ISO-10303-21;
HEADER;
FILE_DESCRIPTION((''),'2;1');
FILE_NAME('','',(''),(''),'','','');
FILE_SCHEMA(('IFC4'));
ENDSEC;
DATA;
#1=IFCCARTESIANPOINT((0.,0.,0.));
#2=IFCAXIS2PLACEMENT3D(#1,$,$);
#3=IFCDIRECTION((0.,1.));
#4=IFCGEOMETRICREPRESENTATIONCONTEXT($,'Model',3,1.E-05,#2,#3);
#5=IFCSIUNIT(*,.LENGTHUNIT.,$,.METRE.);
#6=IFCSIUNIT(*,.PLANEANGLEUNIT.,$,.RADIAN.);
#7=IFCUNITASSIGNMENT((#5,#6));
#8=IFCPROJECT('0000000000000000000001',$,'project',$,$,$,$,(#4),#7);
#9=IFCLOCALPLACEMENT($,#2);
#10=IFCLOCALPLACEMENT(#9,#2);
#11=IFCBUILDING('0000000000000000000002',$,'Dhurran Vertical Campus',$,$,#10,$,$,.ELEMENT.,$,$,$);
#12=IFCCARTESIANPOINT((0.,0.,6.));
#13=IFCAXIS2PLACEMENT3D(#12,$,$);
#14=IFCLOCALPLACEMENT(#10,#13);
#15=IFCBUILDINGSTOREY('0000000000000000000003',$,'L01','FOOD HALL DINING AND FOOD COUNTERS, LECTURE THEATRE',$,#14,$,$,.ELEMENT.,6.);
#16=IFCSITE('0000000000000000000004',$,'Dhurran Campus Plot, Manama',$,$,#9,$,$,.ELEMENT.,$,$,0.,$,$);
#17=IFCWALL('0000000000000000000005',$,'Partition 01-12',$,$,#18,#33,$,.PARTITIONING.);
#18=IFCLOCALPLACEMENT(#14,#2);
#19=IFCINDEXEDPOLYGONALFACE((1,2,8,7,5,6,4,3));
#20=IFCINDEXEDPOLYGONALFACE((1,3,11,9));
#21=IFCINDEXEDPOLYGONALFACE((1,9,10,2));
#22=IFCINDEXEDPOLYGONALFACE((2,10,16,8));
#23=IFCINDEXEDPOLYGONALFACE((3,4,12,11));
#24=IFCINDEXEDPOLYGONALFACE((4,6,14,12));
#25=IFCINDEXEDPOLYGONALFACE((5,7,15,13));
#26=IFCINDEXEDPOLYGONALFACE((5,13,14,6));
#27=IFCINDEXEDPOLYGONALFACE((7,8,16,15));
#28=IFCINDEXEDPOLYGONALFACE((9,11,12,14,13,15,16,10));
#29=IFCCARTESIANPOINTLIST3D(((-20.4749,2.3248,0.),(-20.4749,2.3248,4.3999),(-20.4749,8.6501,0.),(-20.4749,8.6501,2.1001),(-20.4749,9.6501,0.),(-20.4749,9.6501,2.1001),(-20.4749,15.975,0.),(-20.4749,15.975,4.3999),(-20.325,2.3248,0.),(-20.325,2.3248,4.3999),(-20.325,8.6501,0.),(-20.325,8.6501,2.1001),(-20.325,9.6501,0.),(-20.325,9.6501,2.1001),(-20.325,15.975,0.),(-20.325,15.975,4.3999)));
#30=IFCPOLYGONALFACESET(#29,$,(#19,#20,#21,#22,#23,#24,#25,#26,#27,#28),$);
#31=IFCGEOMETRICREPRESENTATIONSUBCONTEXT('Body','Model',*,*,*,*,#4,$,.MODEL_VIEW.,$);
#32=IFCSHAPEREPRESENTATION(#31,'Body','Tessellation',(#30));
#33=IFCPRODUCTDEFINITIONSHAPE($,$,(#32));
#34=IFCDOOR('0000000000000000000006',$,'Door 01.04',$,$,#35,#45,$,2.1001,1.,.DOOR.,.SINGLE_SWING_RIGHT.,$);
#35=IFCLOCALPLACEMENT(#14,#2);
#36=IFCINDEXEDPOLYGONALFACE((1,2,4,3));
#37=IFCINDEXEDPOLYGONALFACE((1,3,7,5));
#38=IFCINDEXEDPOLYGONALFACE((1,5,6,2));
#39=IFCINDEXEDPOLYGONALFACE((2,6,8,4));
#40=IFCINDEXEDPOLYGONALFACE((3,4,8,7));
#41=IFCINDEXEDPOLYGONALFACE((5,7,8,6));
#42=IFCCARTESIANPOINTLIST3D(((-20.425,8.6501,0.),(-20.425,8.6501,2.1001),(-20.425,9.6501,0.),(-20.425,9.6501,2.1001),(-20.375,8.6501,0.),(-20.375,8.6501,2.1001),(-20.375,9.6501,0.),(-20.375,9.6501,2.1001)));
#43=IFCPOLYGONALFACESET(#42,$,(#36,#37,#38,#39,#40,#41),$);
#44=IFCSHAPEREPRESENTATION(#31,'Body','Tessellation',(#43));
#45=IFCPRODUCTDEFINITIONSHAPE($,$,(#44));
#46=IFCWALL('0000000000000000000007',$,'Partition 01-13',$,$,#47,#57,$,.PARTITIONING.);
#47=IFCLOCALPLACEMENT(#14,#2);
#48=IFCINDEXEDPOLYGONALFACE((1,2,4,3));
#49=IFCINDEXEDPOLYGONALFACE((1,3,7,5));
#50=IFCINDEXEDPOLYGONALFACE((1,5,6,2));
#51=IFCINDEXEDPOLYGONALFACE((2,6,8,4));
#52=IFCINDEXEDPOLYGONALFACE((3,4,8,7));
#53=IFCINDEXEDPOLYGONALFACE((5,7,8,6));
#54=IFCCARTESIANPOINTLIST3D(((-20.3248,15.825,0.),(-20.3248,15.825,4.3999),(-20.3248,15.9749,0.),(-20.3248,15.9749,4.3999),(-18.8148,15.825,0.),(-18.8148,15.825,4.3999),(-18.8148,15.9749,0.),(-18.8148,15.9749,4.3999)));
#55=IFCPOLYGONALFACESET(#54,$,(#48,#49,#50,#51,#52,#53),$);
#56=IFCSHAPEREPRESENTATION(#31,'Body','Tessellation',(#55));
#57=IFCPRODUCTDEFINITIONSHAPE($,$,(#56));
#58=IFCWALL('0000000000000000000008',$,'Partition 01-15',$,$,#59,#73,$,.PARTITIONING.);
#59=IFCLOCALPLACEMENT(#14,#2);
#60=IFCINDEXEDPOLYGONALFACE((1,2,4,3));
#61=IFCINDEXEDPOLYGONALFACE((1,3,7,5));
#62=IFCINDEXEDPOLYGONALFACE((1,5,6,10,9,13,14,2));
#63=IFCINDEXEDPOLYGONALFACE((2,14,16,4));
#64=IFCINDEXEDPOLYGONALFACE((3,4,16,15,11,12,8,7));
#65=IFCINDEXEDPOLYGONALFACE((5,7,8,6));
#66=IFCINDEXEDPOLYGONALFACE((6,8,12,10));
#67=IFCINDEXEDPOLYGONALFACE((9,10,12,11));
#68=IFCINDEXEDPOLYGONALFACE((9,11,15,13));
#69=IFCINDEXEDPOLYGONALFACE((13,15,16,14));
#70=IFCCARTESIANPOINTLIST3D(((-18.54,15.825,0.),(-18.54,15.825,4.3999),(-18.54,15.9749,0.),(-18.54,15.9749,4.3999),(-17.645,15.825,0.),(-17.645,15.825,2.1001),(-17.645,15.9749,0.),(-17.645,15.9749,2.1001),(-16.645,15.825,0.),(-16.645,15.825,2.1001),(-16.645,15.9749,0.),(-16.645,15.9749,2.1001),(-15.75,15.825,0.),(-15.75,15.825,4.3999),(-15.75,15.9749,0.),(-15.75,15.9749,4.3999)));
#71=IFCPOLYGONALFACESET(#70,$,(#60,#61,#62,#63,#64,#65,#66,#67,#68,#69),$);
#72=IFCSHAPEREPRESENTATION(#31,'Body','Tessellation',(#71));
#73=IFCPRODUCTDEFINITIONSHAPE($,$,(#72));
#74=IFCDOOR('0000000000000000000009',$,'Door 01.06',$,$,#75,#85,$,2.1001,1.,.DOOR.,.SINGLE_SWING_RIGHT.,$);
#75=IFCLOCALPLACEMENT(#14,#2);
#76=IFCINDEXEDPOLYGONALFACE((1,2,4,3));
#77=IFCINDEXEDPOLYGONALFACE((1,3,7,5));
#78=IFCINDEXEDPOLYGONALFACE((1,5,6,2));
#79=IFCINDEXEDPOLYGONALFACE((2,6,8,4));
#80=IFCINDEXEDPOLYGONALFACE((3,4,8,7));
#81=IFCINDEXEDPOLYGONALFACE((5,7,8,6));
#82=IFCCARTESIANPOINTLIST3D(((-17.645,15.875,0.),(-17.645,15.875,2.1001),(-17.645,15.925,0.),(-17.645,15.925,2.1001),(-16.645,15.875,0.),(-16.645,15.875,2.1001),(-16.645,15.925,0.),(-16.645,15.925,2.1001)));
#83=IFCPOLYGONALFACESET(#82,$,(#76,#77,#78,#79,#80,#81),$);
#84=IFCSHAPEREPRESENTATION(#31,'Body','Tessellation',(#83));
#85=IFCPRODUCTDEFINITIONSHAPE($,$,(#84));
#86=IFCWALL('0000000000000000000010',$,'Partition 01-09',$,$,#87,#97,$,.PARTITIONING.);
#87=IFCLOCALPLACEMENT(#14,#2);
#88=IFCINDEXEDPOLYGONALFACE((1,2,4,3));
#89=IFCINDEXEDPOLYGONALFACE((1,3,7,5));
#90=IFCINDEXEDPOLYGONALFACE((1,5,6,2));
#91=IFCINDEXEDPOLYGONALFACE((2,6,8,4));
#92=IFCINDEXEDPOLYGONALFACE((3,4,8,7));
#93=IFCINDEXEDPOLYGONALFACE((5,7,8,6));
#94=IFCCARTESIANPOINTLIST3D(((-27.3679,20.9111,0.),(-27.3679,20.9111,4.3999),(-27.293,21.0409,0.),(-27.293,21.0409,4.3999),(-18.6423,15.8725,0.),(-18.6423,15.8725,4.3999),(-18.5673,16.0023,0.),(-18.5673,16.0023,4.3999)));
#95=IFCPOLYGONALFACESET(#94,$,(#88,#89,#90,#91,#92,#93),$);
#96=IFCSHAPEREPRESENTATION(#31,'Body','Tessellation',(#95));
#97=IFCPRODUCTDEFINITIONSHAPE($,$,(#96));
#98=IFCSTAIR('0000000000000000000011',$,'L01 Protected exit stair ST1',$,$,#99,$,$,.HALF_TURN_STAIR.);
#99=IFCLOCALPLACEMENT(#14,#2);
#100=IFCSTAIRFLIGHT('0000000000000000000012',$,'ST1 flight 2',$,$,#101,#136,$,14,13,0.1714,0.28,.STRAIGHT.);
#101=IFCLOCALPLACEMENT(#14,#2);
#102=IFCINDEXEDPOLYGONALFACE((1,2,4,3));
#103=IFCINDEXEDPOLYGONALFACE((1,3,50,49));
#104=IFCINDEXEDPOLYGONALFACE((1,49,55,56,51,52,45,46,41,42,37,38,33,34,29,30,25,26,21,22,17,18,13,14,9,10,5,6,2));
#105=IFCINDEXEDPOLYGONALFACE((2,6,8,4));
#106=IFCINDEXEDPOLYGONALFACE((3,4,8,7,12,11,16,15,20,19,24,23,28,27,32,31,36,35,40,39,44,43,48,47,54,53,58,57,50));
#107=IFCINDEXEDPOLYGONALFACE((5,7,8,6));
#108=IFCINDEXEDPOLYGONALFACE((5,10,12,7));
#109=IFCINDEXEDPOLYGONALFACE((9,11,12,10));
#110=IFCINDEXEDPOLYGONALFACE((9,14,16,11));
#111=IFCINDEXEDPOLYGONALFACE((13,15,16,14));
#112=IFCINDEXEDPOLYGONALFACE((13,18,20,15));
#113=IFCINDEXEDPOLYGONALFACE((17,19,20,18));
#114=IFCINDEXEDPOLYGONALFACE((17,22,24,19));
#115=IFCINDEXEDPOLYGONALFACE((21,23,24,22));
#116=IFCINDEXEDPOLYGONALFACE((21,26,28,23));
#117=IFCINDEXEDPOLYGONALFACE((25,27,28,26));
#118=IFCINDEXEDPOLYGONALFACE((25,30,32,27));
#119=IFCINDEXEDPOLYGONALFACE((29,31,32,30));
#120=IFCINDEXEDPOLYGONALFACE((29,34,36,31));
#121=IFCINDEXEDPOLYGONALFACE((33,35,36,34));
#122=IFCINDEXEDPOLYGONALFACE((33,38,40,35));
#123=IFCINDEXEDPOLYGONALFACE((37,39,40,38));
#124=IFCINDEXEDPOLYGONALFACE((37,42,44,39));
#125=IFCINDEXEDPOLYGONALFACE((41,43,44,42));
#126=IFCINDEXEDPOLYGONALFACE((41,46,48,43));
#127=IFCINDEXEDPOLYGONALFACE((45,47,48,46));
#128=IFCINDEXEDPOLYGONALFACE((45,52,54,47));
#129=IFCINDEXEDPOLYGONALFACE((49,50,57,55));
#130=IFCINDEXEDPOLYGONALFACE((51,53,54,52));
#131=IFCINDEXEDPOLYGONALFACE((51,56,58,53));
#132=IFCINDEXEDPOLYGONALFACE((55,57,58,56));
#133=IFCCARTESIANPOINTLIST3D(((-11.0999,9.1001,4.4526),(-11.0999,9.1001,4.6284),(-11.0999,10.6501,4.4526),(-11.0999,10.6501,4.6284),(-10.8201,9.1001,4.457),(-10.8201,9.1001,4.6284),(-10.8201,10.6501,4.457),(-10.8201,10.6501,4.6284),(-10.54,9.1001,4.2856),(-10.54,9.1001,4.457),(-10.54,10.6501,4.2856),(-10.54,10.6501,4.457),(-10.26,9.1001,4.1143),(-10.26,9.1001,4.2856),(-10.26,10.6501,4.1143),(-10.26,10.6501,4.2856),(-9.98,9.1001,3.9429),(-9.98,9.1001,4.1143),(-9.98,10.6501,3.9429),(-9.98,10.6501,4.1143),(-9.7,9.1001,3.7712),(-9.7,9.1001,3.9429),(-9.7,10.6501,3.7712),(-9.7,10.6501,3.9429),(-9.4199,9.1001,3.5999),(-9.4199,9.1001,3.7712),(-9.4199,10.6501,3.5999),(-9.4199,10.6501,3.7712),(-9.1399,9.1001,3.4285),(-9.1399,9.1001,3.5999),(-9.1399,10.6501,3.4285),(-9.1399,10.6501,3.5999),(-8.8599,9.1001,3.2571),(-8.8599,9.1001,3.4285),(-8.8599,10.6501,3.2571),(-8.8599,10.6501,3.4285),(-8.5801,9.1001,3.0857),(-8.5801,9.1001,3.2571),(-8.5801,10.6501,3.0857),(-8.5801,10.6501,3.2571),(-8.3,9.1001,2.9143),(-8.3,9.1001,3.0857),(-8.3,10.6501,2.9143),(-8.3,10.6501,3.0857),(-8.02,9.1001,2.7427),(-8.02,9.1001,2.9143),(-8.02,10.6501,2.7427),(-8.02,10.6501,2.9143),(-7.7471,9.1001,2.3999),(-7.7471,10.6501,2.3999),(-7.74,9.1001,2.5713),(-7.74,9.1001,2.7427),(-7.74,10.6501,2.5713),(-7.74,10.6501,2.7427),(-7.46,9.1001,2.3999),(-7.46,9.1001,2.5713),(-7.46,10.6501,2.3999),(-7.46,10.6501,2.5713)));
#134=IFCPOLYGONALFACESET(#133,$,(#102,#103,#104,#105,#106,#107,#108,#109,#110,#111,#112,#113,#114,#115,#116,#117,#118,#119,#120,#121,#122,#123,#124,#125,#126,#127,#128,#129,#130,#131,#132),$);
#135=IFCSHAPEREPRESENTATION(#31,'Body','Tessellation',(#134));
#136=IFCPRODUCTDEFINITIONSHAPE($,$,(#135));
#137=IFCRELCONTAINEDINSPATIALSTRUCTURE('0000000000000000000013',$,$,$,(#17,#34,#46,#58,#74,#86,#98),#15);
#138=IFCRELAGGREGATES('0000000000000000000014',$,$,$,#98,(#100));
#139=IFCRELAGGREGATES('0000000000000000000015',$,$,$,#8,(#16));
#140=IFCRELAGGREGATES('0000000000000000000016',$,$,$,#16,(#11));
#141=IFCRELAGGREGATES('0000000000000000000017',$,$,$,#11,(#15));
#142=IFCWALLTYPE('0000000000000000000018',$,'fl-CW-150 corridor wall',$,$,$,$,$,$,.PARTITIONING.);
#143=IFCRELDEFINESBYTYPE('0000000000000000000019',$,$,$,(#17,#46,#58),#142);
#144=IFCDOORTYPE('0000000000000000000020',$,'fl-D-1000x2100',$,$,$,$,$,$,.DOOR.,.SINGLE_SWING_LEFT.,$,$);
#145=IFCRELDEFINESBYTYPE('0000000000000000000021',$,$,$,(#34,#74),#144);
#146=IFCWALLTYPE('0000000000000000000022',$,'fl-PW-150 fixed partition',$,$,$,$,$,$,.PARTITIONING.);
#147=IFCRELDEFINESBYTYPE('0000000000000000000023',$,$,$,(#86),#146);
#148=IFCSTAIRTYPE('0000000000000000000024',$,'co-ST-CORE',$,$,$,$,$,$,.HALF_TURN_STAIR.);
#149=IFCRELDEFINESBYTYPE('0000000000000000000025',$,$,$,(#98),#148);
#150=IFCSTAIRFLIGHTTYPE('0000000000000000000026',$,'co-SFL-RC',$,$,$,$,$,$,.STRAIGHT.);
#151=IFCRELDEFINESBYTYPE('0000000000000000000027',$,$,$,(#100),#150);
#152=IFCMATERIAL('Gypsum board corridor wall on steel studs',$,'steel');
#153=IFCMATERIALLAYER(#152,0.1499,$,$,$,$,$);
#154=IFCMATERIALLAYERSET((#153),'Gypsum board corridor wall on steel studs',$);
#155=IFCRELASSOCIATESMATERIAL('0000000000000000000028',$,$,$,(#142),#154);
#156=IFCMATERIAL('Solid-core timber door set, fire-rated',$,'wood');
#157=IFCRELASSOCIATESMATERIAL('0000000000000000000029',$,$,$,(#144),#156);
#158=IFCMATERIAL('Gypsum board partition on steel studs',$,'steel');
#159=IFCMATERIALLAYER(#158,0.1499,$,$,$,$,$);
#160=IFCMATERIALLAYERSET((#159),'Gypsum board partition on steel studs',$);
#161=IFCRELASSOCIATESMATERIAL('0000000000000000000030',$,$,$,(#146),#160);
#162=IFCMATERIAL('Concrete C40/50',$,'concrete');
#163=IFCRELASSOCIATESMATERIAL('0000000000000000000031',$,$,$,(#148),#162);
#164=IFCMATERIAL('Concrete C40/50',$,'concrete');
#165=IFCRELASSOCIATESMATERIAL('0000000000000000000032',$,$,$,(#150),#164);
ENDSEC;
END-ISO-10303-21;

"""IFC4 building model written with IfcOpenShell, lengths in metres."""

from ifc_helpers import new_model, si_unit, direction, frame, frame_2d, origin, place, context, subcontext, project, spatial, polyline, rectangle, outline, extrude, material, layer, layer_set, type_object, element, fill, aggregate, save


model = new_model("IFC4")

# Units and contexts
model_context = context("Model", 3, precision=1e-05, world=origin(), true_north=direction((0.0, 1.0)))
body_context = subcontext(model_context, "Body", "Model", "MODEL_VIEW")
ifc_project = project(units=[si_unit("LENGTHUNIT", "METRE"), si_unit("PLANEANGLEUNIT", "RADIAN")], contexts=[model_context])

# Site, building, storey
site_placement = place(None, origin())
site = spatial("IfcSite", under=ifc_project, at=site_placement, Name="Dhurran Campus Plot, Manama", CompositionType="ELEMENT", RefElevation=0.0)
building_placement = place(site_placement, origin())
building = spatial("IfcBuilding", under=site, at=building_placement, Name="Dhurran Vertical Campus", CompositionType="ELEMENT")
storey_placement = place(building_placement, frame((0.0, 0.0, 6.0)))
storey = spatial("IfcBuildingStorey", under=building, at=storey_placement, Name="L01", Description="FOOD HALL DINING AND FOOD COUNTERS, LECTURE THEATRE", CompositionType="ELEMENT", Elevation=6.0)

# Wall, opening, door
ifc_material_1 = material(Name="Gypsum board corridor wall on steel studs", Category="steel")
ifc_layer_1 = layer(ifc_material_1, 0.1499)
ifc_layer_set_1 = layer_set([ifc_layer_1], Name="Gypsum board corridor wall on steel studs")
wall_type_1 = type_object("IfcWallType", Name="fl-CW-150 corridor wall", PredefinedType="PARTITIONING", material=ifc_layer_set_1)
wall_1_placement = place(storey_placement, frame((-20.3999, 15.9751, 0.0), z_axis=(0.0, 0.0, 1.0), x_axis=(0.0, -1.0, 0.0)))
wall_1 = element("IfcWall", 1, at=wall_1_placement, inside=storey, type_object=wall_type_1, Name="Partition 01-12", PredefinedType="PARTITIONING", context=body_context, shape_type="SweptSolid", body=[
    extrude(rectangle(XDim=13.6501, YDim=0.1499, at=frame_2d((6.8252, 0.0))), origin(), (0.0, 0.0, 1.0), 4.3999),
])
opening_1_placement = place(wall_1_placement, frame((6.325, 0.0, 0.0)))
opening_1 = element("IfcOpeningElement", 2, at=opening_1_placement, cuts=wall_1, PredefinedType="OPENING", context=body_context, shape_type="SweptSolid", body=[
    extrude(rectangle(XDim=1.0, YDim=2.1001, at=frame_2d((0.5, 1.05))), frame((0.0, 0.085, 0.0), z_axis=(0.0, -1.0, 0.0), x_axis=(1.0, 0.0, 0.0)), (0.0, 0.0, 1.0), 0.1699),
])
ifc_material_2 = material(Name="Solid-core timber door set, fire-rated", Category="wood")
door_type_1 = type_object("IfcDoorType", Name="fl-D-1000x2100", OperationType="SINGLE_SWING_LEFT", PredefinedType="DOOR", material=ifc_material_2)
door_1_placement = place(opening_1_placement, origin())
door_1 = element("IfcDoor", 3, at=door_1_placement, inside=storey, type_object=door_type_1, Name="Door 01.04", OperationType="SINGLE_SWING_RIGHT", OverallHeight=2.1001, OverallWidth=1.0, PredefinedType="DOOR", context=body_context, shape_type="SweptSolid", body=[
    extrude(rectangle(XDim=1.0, YDim=2.1001, at=frame_2d((0.5, 1.05))), frame((0.0, 0.0249, 0.0), z_axis=(0.0, -1.0, 0.0), x_axis=(1.0, 0.0, 0.0)), (0.0, 0.0, 1.0), 0.05),
])
fill(opening_1, door_1)

# Wall
wall_2_placement = place(storey_placement, frame((-18.8149, 15.8999, 0.0), z_axis=(0.0, 0.0, 1.0), x_axis=(-1.0, 0.0, 0.0)))
element("IfcWall", 4, at=wall_2_placement, inside=storey, type_object=wall_type_1, Name="Partition 01-13", PredefinedType="PARTITIONING", context=body_context, shape_type="SweptSolid", body=[
    extrude(rectangle(XDim=1.51, YDim=0.1499, at=frame_2d((0.7549, 0.0))), origin(), (0.0, 0.0, 1.0), 4.3999),
])

# Wall, opening, door
wall_3_placement = place(storey_placement, frame((-15.75, 15.8999, 0.0), z_axis=(0.0, 0.0, 1.0), x_axis=(-1.0, 0.0, 0.0)))
wall_3 = element("IfcWall", 5, at=wall_3_placement, inside=storey, type_object=wall_type_1, Name="Partition 01-15", PredefinedType="PARTITIONING", context=body_context, shape_type="SweptSolid", body=[
    extrude(rectangle(XDim=2.79, YDim=0.1499, at=frame_2d((1.395, 0.0))), origin(), (0.0, 0.0, 1.0), 4.3999),
])
opening_2_placement = place(wall_3_placement, frame((0.895, 0.0, 0.0)))
opening_2 = element("IfcOpeningElement", 6, at=opening_2_placement, cuts=wall_3, PredefinedType="OPENING", context=body_context, shape_type="SweptSolid", body=[
    extrude(rectangle(XDim=1.0, YDim=2.1001, at=frame_2d((0.5, 1.05))), frame((0.0, 0.085, 0.0), z_axis=(0.0, -1.0, 0.0), x_axis=(1.0, 0.0, 0.0)), (0.0, 0.0, 1.0), 0.1699),
])
door_2_placement = place(opening_2_placement, origin())
door_2 = element("IfcDoor", 7, at=door_2_placement, inside=storey, type_object=door_type_1, Name="Door 01.06", OperationType="SINGLE_SWING_RIGHT", OverallHeight=2.1001, OverallWidth=1.0, PredefinedType="DOOR", context=body_context, shape_type="SweptSolid", body=[
    extrude(rectangle(XDim=1.0, YDim=2.1001, at=frame_2d((0.5, 1.05))), frame((0.0, 0.0249, 0.0), z_axis=(0.0, -1.0, 0.0), x_axis=(1.0, 0.0, 0.0)), (0.0, 0.0, 1.0), 0.05),
])
fill(opening_2, door_2)

# Wall
ifc_material_3 = material(Name="Gypsum board partition on steel studs", Category="steel")
ifc_layer_2 = layer(ifc_material_3, 0.1499)
ifc_layer_set_2 = layer_set([ifc_layer_2], Name="Gypsum board partition on steel studs")
wall_type_2 = type_object("IfcWallType", Name="fl-PW-150 fixed partition", PredefinedType="PARTITIONING", material=ifc_layer_set_2)
wall_4_placement = place(storey_placement, frame((-27.3306, 20.9761, 0.0), z_axis=(0.0, 0.0, 1.0), x_axis=(0.865989, -0.500064, 0.0)))
element("IfcWall", 8, at=wall_4_placement, inside=storey, type_object=wall_type_2, Name="Partition 01-09", PredefinedType="PARTITIONING", context=body_context, shape_type="SweptSolid", body=[
    extrude(rectangle(XDim=10.0759, YDim=0.1499, at=frame_2d((5.0381, 0.0))), origin(), (0.0, 0.0, 1.0), 4.3999),
])

# Stair, stair flight
ifc_material_4 = material(Name="Concrete C40/50", Category="concrete")
stair_type = type_object("IfcStairType", Name="co-ST-CORE", PredefinedType="HALF_TURN_STAIR", material=ifc_material_4)
stair_placement = place(storey_placement, origin())
stair = element("IfcStair", 9, at=stair_placement, inside=storey, type_object=stair_type, Name="L01 Protected exit stair ST1", PredefinedType="HALF_TURN_STAIR")
ifc_material_5 = material(Name="Concrete C40/50", Category="concrete")
stair_flight_type = type_object("IfcStairFlightType", Name="co-SFL-RC", PredefinedType="STRAIGHT", material=ifc_material_5)
stair_flight_placement = place(storey_placement, frame((-7.46, 9.875, 2.3999), z_axis=(0.0, 0.0, 1.0), x_axis=(-1.0, 0.0, 0.0)))
stair_flight = element("IfcStairFlight", 10, at=stair_flight_placement, type_object=stair_flight_type, Name="ST1 flight 2", NumberOfRisers=14, NumberOfTreads=13, PredefinedType="STRAIGHT", RiserHeight=0.1714, TreadLength=0.28, context=body_context, shape_type="SweptSolid", body=[
    extrude(outline(polyline([(0.0, 0.0), (0.0, 0.1714), (0.28, 0.1714), (0.28, 0.3428), (0.5601, 0.3428), (0.5601, 0.5144), (0.8401, 0.5144), (0.8401, 0.6858), (1.1201, 0.6858), (1.1201, 0.8572), (1.3999, 0.8572), (1.3999, 1.0286), (1.6799, 1.0286), (1.6799, 1.2), (1.96, 1.2), (1.96, 1.3713), (2.24, 1.3713), (2.24, 1.543), (2.52, 1.543), (2.52, 1.7144), (2.8, 1.7144), (2.8, 1.8857), (3.0801, 1.8857), (3.0801, 2.0571), (3.3601, 2.0571), (3.3601, 2.2285), (3.6399, 2.2285), (3.6399, 2.3999), (3.6399, 2.0527), (0.2871, 0.0), (0.0, 0.0)])), frame((0.0, 0.7749, 0.0), z_axis=(0.0, -1.0, 0.0), x_axis=(1.0, 0.0, 0.0)), (0.0, 0.0, 1.0), 1.55),
])
aggregate(stair, [stair_flight])

save(model, "model.ifc")
